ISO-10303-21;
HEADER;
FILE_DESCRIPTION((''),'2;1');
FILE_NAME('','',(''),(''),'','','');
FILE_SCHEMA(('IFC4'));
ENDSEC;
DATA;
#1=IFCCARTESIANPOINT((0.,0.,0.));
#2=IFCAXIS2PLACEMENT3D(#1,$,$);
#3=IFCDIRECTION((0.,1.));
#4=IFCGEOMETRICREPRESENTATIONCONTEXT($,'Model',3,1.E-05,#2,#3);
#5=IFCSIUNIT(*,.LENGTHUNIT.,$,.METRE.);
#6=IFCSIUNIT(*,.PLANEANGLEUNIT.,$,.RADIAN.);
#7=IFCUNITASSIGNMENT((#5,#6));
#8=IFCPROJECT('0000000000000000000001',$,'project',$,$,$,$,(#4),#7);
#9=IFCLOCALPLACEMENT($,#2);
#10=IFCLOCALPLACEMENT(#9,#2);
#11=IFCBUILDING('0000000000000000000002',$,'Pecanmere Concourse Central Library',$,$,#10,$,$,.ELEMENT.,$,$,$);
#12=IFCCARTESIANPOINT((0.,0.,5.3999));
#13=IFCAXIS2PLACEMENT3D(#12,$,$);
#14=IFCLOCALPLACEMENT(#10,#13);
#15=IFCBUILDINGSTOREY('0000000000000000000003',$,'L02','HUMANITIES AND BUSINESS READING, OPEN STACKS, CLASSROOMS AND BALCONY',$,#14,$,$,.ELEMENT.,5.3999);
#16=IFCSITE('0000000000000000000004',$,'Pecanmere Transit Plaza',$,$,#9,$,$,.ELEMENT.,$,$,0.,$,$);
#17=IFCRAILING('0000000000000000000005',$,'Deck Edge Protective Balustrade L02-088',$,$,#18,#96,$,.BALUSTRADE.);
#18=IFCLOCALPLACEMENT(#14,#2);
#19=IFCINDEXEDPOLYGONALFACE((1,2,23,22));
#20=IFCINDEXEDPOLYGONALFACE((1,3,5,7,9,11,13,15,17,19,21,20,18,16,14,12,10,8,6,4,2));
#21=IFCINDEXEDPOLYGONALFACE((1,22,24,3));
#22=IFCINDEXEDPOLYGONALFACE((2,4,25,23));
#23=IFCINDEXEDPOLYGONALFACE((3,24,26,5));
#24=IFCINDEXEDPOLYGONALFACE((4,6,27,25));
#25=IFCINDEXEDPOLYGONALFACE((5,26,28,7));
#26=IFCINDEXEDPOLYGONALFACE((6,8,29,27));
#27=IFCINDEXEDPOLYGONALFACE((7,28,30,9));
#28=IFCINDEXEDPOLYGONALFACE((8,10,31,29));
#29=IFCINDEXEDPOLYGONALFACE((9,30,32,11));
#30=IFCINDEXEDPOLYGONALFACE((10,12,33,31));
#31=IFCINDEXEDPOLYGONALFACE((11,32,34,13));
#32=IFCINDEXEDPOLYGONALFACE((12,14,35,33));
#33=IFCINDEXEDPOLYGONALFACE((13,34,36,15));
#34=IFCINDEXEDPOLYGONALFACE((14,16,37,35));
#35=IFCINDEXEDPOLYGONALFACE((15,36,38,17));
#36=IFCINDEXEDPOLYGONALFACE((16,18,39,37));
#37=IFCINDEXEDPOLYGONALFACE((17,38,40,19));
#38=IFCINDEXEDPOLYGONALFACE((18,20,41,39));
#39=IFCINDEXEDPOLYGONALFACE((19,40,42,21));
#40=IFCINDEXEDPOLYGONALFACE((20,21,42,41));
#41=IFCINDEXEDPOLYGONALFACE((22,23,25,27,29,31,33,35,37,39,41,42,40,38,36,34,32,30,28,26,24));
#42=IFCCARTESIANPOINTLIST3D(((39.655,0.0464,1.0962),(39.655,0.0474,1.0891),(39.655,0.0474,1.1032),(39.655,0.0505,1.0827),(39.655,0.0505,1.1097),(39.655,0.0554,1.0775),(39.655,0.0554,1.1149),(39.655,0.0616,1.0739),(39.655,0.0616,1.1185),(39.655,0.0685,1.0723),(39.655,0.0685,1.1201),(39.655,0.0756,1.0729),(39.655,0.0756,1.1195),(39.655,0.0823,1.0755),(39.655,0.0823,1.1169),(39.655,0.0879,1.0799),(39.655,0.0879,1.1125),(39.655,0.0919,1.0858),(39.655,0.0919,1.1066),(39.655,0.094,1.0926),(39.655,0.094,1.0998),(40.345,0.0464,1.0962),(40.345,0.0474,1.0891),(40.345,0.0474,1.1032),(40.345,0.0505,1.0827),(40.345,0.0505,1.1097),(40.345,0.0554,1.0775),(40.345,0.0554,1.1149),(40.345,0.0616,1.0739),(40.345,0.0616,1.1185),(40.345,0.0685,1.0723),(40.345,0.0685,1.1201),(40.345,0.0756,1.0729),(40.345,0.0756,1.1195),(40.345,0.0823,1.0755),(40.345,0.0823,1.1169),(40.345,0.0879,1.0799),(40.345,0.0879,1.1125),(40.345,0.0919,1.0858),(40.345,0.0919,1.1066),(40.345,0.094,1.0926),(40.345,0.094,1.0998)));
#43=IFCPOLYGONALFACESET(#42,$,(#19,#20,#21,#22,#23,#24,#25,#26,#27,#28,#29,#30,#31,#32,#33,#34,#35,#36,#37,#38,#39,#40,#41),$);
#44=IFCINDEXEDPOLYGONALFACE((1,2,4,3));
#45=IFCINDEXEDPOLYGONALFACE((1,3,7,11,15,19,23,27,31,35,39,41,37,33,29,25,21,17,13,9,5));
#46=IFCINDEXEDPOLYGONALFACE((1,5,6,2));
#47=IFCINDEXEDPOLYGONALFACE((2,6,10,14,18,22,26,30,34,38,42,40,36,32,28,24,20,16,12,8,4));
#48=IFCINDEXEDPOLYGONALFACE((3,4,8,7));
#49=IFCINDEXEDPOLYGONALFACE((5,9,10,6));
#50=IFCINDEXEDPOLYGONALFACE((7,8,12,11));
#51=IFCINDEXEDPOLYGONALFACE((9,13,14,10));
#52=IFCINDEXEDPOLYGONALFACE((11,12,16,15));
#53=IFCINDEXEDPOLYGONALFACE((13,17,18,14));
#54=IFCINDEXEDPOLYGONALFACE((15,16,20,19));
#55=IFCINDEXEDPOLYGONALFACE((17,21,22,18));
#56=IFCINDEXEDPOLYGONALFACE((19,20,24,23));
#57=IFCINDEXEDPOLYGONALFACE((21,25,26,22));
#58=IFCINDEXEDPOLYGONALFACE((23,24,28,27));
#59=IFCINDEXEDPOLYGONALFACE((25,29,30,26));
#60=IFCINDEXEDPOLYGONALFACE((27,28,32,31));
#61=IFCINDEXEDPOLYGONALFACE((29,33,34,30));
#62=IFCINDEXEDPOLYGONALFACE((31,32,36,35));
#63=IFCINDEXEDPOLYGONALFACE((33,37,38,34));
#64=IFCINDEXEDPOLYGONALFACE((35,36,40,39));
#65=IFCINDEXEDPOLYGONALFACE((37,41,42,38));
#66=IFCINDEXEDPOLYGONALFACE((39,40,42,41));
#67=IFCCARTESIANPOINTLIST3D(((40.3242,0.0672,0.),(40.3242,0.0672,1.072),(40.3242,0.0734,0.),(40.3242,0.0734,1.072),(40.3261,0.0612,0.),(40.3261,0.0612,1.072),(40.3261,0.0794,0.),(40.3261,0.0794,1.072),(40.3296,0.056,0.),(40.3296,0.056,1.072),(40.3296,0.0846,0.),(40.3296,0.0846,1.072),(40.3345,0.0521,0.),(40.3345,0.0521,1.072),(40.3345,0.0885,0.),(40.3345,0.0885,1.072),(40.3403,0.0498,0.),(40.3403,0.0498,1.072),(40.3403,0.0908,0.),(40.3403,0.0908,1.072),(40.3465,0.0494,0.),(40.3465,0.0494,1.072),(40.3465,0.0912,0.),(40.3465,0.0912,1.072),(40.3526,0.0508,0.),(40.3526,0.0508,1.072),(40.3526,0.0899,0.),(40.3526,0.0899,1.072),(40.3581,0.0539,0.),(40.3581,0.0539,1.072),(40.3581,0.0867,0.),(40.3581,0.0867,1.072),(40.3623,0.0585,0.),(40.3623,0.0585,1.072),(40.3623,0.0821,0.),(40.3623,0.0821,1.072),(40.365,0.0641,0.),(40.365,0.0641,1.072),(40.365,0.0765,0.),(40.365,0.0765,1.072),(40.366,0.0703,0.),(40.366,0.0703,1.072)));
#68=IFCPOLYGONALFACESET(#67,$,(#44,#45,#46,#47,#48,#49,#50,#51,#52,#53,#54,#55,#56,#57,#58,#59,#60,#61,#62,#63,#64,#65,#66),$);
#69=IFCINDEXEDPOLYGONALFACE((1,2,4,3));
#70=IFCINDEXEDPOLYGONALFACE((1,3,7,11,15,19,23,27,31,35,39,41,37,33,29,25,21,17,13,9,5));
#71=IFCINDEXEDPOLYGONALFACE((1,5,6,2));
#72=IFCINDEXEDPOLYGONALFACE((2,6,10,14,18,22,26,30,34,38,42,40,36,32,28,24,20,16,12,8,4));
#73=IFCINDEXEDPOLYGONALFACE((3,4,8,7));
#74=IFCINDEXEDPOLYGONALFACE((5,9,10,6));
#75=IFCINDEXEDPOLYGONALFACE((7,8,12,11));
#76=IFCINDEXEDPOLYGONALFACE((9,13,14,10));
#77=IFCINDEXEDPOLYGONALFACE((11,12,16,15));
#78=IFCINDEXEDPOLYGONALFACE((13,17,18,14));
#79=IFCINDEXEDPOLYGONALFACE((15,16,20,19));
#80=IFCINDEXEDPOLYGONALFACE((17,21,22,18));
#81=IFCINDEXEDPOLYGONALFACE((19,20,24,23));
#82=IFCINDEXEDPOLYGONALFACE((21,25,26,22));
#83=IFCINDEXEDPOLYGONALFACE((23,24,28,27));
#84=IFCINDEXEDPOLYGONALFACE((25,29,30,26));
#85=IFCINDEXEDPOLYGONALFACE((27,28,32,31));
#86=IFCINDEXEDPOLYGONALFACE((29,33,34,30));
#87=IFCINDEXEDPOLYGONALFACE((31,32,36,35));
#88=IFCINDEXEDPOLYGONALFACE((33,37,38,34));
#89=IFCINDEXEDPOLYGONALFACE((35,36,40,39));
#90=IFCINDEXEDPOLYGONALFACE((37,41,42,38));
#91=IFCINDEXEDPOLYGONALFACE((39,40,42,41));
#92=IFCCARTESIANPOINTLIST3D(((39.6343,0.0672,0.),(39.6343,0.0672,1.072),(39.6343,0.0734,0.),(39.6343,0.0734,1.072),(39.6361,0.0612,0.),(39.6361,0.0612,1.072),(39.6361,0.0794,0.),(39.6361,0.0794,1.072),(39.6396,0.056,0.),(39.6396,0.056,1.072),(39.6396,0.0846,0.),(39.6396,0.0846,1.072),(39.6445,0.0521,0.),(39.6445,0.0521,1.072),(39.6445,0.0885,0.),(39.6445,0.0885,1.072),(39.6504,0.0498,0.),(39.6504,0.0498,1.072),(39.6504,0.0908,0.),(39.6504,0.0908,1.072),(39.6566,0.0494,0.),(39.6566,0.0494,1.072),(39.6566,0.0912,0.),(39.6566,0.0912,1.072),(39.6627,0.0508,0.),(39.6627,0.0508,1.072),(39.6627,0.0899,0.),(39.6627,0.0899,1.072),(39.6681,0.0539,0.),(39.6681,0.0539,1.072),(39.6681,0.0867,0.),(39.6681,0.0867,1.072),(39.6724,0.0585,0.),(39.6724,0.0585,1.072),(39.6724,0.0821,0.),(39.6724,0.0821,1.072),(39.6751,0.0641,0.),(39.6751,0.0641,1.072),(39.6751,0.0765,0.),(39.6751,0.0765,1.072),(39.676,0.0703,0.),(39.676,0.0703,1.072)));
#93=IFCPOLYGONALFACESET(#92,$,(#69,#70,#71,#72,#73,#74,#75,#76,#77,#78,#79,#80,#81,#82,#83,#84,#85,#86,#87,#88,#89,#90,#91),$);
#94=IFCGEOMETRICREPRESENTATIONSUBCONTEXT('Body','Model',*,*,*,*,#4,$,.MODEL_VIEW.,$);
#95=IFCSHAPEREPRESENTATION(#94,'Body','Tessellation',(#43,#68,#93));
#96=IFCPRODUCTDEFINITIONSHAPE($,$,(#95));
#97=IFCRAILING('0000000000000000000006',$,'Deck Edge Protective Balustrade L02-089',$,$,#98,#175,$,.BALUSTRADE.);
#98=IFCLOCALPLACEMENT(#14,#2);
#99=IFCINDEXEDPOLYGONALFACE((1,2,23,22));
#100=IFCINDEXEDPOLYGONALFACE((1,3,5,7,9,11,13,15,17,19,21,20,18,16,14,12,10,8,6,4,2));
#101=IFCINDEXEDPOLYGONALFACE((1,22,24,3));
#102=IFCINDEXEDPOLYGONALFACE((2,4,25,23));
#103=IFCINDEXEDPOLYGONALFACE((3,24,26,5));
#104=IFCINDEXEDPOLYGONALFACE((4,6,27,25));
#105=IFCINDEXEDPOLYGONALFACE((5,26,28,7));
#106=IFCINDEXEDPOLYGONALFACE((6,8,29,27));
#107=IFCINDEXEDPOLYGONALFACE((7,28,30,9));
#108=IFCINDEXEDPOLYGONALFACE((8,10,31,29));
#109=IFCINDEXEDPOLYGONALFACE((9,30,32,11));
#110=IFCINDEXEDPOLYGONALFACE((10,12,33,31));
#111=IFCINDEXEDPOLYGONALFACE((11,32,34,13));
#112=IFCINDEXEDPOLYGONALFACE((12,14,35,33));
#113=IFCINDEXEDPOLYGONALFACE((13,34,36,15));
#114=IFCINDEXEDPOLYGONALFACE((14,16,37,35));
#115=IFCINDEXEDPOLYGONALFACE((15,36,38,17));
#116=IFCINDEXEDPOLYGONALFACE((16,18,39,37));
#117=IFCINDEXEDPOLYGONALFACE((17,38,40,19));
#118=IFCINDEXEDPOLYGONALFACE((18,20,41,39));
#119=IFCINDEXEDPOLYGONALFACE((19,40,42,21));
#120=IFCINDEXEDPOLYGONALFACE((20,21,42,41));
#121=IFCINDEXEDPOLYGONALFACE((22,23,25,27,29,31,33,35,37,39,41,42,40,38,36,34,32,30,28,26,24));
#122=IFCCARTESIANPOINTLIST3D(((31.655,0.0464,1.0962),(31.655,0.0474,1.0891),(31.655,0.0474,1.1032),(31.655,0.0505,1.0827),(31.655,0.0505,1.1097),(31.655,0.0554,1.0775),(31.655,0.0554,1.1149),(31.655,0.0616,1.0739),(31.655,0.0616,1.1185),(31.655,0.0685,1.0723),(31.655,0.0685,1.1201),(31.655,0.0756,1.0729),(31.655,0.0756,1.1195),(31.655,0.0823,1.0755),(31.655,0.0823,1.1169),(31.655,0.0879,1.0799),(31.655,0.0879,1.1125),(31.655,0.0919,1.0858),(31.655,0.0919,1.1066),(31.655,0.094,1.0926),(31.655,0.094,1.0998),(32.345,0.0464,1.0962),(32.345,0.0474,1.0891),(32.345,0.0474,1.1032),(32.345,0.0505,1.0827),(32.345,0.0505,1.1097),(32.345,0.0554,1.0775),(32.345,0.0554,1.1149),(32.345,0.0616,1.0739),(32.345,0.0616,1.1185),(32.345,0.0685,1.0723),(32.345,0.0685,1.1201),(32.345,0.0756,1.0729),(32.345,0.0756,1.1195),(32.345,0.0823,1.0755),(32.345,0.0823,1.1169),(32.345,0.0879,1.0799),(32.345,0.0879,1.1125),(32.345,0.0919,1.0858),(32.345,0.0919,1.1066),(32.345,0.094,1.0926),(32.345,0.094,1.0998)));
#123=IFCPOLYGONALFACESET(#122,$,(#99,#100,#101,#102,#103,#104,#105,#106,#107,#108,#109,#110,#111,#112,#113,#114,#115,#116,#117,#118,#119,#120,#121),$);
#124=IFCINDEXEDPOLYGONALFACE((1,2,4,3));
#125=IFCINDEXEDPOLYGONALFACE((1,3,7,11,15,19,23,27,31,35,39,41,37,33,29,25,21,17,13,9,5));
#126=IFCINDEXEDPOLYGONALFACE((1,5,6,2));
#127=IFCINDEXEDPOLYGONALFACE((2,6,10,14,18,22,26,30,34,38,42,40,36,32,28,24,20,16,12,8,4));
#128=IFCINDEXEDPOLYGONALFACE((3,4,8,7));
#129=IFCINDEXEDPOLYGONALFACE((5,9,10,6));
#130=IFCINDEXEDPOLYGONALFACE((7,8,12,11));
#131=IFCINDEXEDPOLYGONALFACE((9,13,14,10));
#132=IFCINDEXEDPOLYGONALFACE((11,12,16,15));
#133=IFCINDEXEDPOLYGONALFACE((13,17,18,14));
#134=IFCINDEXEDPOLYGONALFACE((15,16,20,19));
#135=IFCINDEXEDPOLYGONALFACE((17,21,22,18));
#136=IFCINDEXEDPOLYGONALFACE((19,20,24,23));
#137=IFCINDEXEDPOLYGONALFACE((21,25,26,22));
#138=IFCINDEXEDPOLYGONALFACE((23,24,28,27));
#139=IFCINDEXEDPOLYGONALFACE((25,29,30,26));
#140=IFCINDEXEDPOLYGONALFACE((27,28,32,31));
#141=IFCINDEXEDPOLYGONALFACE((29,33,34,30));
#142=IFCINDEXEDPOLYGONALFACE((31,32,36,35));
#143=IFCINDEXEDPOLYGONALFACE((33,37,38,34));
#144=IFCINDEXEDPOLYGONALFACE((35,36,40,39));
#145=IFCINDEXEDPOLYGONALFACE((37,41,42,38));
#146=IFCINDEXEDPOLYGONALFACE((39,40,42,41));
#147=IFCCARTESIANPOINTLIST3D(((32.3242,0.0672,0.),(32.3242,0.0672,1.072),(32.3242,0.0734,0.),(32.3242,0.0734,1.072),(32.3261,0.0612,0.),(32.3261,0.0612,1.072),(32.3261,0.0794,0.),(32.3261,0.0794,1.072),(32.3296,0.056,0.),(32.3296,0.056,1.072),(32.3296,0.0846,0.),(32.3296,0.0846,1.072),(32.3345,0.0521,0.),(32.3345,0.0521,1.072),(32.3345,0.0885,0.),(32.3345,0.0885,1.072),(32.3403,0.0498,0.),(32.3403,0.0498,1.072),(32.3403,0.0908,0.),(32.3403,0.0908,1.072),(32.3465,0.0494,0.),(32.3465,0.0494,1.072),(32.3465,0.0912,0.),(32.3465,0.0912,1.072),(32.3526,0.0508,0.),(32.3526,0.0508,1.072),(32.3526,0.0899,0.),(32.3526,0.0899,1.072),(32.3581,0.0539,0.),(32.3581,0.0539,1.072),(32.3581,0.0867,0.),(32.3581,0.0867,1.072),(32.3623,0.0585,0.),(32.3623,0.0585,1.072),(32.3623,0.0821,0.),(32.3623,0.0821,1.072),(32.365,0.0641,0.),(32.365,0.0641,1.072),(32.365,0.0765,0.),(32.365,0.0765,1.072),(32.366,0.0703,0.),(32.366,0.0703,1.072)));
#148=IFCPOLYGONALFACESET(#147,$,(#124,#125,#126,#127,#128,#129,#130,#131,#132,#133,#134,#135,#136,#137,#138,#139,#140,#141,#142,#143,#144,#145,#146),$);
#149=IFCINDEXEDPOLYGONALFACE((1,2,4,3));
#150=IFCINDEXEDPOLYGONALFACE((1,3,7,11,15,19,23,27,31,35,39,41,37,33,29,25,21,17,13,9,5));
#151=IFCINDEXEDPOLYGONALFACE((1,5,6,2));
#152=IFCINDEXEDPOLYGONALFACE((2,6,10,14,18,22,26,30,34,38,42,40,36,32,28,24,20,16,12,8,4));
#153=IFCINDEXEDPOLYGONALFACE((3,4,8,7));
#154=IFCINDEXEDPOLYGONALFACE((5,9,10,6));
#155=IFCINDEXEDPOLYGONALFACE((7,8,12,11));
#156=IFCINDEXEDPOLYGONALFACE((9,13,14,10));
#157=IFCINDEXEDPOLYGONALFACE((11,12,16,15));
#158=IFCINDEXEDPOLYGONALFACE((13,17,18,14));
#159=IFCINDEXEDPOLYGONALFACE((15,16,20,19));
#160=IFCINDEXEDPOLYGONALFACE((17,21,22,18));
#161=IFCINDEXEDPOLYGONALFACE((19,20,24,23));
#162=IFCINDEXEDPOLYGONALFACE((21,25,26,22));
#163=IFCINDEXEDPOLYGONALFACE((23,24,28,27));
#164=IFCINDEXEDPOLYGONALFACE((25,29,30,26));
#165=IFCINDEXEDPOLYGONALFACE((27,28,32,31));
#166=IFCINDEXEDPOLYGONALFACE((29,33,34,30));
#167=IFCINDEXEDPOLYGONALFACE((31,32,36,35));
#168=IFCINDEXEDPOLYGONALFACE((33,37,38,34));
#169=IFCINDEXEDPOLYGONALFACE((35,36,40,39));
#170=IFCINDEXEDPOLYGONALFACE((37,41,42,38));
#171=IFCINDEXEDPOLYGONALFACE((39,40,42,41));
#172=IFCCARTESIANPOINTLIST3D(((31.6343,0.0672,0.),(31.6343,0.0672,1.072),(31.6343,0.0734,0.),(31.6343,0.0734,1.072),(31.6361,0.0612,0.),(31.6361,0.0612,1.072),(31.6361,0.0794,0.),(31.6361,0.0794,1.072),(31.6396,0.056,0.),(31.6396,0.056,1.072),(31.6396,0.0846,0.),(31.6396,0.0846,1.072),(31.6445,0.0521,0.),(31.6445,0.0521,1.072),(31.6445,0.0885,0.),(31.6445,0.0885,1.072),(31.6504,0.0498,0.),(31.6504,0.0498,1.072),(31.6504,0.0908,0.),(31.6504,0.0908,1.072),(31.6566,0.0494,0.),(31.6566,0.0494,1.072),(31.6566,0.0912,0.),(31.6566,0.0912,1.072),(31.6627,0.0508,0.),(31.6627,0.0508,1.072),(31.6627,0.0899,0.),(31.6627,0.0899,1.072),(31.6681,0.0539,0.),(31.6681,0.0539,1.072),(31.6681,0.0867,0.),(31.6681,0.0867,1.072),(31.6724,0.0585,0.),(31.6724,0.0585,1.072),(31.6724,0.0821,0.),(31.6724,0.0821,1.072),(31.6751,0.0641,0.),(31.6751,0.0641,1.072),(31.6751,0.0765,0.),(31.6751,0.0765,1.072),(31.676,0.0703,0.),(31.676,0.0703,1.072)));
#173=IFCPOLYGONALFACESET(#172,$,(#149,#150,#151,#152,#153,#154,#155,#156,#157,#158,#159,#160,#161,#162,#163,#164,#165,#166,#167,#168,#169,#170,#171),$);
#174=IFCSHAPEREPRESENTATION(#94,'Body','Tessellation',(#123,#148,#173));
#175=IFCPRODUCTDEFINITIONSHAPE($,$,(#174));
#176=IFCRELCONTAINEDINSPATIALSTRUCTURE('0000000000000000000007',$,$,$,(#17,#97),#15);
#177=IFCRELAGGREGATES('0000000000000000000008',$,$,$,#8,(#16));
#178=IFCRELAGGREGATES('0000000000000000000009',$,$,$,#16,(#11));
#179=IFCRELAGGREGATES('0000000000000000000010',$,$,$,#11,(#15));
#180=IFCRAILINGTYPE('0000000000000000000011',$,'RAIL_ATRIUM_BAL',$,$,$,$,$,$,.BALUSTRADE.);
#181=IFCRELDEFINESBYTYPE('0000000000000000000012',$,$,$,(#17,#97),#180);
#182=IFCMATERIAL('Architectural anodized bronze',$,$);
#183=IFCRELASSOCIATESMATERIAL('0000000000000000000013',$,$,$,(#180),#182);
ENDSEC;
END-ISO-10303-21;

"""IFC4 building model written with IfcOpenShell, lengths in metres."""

from ifc_helpers import new_model, si_unit, direction, frame, origin, origin_2d, place, context, subcontext, project, spatial, circle, extrude, material, type_object, element, save


model = new_model("IFC4")

# Units and contexts
model_context = context("Model", 3, precision=1e-05, world=origin(), true_north=direction((0.0, 1.0)))
body_context = subcontext(model_context, "Body", "Model", "MODEL_VIEW")
ifc_project = project(units=[si_unit("LENGTHUNIT", "METRE"), si_unit("PLANEANGLEUNIT", "RADIAN")], contexts=[model_context])

# Site, building, storey
site_placement = place(None, origin())
site = spatial("IfcSite", under=ifc_project, at=site_placement, Name="Pecanmere Transit Plaza", CompositionType="ELEMENT", RefElevation=0.0)
building_placement = place(site_placement, origin())
building = spatial("IfcBuilding", under=site, at=building_placement, Name="Pecanmere Concourse Central Library", CompositionType="ELEMENT")
storey_placement = place(building_placement, frame((0.0, 0.0, 5.3999)))
storey = spatial("IfcBuildingStorey", under=building, at=storey_placement, Name="L02", Description="HUMANITIES AND BUSINESS READING, OPEN STACKS, CLASSROOMS AND BALCONY", CompositionType="ELEMENT", Elevation=5.3999)

# Railings
ifc_material_1 = material(Name="Architectural anodized bronze")
railing_type = type_object("IfcRailingType", Name="RAIL_ATRIUM_BAL", PredefinedType="BALUSTRADE", material=ifc_material_1)
for number, where, name in (
    (1, (40.345, 0.0703, 0.0), "Deck Edge Protective Balustrade L02-088"),
    (2, (32.345, 0.0703, 0.0), "Deck Edge Protective Balustrade L02-089"),
):
    element("IfcRailing", number, at=place(storey_placement, frame(where)), inside=storey, type_object=railing_type, Name=name, PredefinedType="BALUSTRADE", context=body_context, shape_type="SweptSolid", body=[
        extrude(circle(Radius=0.0239, at=origin_2d()), frame((0.0, 0.0, 1.0962), z_axis=(-1.0, 0.0, 0.0), x_axis=(0.0, -1.0, 0.0)), (0.0, 0.0, 1.0), 0.6899),
        extrude(circle(Radius=0.021, at=origin_2d()), origin(), (0.0, 0.0, 1.0), 1.072),
        extrude(circle(Radius=0.021, at=origin_2d()), frame((-0.6899, 0.0, 0.0)), (0.0, 0.0, 1.0), 1.072),
    ])

save(model, "model.ifc")
